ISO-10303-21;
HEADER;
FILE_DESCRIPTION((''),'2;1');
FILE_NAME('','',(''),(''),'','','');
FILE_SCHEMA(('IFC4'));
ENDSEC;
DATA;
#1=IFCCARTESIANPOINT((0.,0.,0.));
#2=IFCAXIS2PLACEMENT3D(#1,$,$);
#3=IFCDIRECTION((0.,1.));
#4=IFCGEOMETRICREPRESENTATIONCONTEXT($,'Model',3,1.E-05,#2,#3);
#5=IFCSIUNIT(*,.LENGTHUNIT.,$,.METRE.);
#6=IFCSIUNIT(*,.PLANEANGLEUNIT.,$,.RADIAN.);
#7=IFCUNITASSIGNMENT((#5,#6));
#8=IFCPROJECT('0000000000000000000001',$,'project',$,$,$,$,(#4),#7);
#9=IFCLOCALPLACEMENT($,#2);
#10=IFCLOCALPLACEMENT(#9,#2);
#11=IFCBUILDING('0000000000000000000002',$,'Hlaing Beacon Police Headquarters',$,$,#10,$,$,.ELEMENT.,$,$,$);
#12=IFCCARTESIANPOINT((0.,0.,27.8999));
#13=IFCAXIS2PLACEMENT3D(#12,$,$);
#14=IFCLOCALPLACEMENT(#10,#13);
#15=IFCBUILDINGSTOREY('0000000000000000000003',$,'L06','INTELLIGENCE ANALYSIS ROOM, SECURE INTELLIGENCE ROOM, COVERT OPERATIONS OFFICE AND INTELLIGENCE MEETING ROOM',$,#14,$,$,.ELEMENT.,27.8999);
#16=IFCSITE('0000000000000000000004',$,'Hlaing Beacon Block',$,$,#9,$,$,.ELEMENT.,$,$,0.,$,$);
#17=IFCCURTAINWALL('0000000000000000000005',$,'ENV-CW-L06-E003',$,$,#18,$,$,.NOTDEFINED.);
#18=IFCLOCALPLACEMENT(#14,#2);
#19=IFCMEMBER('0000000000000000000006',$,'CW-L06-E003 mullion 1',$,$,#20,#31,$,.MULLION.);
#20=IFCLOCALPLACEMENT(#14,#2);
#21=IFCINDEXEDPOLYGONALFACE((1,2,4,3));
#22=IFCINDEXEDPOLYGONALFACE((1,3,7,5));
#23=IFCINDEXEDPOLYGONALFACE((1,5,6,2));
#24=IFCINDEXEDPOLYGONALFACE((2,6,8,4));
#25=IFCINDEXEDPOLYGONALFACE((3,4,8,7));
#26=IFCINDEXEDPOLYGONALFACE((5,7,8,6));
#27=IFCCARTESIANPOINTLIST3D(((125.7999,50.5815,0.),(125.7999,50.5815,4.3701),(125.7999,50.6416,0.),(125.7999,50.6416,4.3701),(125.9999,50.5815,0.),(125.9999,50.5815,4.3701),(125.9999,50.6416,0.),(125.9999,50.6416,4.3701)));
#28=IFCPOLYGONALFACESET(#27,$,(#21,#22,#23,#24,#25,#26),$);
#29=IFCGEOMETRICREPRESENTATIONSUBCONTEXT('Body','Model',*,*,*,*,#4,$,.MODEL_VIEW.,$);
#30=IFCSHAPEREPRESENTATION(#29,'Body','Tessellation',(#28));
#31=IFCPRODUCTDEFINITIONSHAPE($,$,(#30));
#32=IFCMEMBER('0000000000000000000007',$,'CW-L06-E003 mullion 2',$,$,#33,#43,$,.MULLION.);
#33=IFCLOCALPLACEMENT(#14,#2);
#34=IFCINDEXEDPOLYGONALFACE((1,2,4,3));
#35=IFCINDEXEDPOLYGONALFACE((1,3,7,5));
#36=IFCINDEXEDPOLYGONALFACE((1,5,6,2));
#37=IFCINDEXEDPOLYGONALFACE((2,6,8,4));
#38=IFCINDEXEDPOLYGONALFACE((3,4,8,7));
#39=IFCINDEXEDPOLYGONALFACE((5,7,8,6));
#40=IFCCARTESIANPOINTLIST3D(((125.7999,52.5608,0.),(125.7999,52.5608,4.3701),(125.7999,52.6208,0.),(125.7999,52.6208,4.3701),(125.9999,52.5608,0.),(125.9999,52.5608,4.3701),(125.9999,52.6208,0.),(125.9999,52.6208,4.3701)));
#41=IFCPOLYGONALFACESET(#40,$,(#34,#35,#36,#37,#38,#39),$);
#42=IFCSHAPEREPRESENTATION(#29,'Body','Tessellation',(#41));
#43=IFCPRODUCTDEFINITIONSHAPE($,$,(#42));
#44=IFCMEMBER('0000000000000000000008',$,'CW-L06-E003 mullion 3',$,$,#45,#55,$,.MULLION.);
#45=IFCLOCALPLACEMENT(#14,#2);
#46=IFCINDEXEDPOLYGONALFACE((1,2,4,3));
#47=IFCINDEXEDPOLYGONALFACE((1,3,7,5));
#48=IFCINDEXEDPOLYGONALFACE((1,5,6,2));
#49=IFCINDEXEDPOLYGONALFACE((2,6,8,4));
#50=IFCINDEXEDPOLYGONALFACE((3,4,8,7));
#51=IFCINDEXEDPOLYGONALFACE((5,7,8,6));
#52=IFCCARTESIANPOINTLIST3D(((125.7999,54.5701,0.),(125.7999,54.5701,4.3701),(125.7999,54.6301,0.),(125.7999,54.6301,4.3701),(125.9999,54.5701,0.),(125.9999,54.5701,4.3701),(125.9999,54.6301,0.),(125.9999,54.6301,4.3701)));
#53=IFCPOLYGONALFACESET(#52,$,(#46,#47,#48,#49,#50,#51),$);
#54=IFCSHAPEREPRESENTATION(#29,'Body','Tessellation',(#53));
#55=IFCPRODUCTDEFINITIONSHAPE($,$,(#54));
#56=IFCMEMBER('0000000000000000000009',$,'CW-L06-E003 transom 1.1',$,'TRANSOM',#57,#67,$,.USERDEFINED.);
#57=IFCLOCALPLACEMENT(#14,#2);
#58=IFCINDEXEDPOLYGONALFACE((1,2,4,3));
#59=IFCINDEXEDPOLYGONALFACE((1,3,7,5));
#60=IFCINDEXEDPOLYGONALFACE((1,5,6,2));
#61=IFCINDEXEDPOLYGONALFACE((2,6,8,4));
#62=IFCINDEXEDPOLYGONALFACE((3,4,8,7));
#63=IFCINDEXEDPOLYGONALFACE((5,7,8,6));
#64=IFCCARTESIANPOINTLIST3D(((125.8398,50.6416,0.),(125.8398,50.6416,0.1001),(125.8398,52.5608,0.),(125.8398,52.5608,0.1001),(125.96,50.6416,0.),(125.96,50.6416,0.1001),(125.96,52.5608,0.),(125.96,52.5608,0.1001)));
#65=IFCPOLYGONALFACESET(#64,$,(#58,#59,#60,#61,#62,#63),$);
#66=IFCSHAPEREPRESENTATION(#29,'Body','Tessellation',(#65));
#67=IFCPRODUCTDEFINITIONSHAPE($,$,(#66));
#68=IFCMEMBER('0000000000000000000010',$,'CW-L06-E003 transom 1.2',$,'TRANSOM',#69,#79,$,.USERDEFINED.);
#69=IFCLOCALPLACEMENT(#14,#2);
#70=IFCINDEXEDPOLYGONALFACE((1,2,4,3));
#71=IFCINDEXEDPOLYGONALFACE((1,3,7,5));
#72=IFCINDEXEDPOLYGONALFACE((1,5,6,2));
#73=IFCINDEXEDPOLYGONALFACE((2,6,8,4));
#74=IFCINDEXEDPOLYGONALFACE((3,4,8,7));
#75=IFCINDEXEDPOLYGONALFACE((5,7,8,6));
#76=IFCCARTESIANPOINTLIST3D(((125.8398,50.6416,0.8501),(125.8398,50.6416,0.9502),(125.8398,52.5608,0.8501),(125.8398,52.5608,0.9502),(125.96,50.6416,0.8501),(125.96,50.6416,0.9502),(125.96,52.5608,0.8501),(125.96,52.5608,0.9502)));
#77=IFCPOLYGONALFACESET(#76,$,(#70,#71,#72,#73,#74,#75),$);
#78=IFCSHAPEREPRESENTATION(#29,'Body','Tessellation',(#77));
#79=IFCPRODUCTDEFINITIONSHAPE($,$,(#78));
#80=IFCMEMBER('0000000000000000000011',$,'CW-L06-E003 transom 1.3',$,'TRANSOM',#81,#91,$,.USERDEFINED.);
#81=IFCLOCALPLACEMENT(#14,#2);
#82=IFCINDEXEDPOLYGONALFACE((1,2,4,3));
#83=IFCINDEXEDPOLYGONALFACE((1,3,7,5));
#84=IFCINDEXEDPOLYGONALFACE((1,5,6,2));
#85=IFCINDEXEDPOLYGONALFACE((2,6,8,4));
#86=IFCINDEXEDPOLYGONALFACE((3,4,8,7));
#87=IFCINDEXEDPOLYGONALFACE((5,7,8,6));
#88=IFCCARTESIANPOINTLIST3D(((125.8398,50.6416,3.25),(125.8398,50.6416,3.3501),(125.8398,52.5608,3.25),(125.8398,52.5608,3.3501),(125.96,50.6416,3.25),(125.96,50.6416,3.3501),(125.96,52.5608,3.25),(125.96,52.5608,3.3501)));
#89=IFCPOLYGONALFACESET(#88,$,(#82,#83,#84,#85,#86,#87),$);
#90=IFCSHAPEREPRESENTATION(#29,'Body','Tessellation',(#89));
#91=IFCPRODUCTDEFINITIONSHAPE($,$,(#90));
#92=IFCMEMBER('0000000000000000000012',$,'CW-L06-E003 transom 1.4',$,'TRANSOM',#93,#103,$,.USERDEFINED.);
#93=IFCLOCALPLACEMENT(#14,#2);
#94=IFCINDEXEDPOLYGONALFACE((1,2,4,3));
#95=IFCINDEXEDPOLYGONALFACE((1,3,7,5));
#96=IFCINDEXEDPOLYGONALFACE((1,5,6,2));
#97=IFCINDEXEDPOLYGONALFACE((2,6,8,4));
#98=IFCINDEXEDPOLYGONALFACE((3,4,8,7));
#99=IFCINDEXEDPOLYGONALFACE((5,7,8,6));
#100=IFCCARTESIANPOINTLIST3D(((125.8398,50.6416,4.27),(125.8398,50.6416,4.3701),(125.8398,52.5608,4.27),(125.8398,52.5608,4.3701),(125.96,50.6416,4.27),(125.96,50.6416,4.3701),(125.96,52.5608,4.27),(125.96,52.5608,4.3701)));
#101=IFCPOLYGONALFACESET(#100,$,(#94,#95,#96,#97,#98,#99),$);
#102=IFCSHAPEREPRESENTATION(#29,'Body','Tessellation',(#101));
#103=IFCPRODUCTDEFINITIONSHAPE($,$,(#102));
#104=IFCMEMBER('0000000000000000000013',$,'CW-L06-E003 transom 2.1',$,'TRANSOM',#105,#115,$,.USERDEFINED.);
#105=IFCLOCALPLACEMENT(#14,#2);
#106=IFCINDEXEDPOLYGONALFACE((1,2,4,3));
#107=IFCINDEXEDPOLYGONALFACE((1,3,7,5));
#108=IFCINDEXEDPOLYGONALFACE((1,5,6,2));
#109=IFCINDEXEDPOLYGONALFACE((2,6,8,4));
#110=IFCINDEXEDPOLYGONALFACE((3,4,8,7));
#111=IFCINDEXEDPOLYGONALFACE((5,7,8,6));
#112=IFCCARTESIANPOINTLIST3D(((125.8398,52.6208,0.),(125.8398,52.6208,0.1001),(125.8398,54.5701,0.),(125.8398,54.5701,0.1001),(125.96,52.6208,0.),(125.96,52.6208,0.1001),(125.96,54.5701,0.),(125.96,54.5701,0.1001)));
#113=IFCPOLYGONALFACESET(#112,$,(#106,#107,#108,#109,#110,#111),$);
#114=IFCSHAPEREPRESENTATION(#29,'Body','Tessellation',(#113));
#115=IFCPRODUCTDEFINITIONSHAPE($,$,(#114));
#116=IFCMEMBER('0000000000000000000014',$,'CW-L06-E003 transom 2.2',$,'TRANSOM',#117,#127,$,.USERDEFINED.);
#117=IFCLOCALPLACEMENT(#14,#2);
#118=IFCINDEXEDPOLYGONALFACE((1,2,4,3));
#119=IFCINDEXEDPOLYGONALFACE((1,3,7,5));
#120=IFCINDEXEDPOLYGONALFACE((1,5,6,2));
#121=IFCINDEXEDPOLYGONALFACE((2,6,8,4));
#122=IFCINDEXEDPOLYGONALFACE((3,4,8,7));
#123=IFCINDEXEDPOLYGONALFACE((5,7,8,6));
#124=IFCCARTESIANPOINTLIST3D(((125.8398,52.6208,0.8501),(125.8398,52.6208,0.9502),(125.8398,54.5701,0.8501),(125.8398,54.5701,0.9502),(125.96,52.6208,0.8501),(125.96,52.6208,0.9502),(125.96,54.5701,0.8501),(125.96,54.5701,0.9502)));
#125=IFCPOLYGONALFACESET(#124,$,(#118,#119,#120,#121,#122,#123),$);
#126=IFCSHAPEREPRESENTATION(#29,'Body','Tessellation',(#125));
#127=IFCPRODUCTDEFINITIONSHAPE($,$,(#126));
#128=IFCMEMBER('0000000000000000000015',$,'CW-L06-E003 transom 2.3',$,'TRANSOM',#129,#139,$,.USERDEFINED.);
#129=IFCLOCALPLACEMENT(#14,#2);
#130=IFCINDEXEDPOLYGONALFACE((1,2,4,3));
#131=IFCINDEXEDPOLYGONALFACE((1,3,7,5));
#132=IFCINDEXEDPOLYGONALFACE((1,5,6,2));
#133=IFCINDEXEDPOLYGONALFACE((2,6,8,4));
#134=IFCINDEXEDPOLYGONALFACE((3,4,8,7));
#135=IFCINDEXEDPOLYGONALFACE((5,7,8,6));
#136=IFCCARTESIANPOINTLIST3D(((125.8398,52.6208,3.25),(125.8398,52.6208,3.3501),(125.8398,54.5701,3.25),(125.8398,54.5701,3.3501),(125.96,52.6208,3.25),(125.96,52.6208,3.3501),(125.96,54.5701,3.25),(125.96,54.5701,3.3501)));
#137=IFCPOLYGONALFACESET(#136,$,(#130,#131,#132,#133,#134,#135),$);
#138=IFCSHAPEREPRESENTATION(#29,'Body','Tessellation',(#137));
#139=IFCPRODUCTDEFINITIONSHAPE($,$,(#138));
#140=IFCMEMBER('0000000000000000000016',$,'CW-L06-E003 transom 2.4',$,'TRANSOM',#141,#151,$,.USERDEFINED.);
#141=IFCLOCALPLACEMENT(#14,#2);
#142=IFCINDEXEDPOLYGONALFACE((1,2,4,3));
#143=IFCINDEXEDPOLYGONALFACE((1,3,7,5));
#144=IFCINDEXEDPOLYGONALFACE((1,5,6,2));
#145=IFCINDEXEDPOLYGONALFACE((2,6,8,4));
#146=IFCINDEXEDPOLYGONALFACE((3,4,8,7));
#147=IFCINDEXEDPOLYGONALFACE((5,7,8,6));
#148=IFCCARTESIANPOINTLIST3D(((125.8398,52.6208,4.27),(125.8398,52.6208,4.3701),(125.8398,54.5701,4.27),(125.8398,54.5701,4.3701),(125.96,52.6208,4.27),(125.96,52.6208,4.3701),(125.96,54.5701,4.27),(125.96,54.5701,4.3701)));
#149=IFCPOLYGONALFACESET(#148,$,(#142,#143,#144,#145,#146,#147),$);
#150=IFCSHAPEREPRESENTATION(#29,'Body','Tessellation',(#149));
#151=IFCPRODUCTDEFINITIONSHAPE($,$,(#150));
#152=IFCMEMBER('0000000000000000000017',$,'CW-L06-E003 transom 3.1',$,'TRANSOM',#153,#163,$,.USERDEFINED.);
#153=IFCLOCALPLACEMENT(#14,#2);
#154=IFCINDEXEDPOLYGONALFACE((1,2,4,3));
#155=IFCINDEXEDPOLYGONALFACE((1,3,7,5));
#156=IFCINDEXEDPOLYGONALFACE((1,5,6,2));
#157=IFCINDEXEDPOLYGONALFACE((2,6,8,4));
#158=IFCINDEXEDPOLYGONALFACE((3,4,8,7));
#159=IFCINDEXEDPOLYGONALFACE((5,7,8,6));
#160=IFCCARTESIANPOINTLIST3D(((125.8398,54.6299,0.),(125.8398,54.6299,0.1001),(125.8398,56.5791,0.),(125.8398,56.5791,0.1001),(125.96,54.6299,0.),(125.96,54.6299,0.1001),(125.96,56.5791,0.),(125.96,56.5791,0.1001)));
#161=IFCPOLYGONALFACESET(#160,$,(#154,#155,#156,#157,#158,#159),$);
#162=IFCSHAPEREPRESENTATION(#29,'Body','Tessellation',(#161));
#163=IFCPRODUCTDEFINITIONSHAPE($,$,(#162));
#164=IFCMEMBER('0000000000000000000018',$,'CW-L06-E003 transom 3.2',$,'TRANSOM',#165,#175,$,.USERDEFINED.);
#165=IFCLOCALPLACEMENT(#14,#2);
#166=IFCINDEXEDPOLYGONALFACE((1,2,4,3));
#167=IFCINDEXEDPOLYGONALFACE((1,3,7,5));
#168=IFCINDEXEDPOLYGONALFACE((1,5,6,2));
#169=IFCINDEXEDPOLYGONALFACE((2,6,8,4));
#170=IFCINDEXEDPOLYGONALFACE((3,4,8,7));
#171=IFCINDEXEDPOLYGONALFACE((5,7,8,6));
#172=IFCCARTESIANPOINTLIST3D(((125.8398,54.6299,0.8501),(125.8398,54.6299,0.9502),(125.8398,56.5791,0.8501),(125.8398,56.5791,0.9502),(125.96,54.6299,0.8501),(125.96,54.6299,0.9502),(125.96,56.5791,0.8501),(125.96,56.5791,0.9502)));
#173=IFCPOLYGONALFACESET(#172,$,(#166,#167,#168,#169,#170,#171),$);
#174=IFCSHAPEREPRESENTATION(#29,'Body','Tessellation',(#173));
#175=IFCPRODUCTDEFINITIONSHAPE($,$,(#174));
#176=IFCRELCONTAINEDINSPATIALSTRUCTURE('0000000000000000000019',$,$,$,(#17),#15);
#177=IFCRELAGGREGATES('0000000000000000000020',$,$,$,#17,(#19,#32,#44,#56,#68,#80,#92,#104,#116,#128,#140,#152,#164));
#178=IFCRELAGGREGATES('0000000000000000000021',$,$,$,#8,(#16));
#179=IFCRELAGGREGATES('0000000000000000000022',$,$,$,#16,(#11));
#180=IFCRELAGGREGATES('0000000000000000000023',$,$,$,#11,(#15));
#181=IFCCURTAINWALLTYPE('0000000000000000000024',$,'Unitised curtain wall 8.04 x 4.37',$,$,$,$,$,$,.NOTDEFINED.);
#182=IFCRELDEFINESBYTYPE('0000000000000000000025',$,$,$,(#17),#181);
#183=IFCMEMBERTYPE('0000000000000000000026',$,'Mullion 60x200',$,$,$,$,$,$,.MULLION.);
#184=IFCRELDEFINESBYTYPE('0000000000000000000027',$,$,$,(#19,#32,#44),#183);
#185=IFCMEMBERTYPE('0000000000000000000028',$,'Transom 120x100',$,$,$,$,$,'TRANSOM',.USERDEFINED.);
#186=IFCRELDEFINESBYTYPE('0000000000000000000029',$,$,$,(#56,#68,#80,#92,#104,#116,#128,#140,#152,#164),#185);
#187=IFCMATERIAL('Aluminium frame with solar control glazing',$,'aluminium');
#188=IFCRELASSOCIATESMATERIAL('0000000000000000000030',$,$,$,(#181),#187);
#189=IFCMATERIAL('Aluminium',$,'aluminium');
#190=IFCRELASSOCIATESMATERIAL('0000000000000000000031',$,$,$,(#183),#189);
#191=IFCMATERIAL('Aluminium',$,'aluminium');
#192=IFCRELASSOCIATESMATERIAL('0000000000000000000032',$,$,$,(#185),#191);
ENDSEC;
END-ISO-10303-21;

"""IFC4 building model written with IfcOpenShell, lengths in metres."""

from ifc_helpers import new_model, si_unit, direction, frame, origin, origin_2d, place, context, subcontext, project, spatial, rectangle, extrude, material, material_profile, profile_set, type_object, element, aggregate, save


model = new_model("IFC4")

# Units and contexts
model_context = context("Model", 3, precision=1e-05, world=origin(), true_north=direction((0.0, 1.0)))
body_context = subcontext(model_context, "Body", "Model", "MODEL_VIEW")
ifc_project = project(units=[si_unit("LENGTHUNIT", "METRE"), si_unit("PLANEANGLEUNIT", "RADIAN")], contexts=[model_context])

# Site, building, storey
site_placement = place(None, origin())
site = spatial("IfcSite", under=ifc_project, at=site_placement, Name="Hlaing Beacon Block", CompositionType="ELEMENT", RefElevation=0.0)
building_placement = place(site_placement, origin())
building = spatial("IfcBuilding", under=site, at=building_placement, Name="Hlaing Beacon Police Headquarters", CompositionType="ELEMENT")
storey_placement = place(building_placement, frame((0.0, 0.0, 27.8999)))
storey = spatial("IfcBuildingStorey", under=building, at=storey_placement, Name="L06", Description="INTELLIGENCE ANALYSIS ROOM, SECURE INTELLIGENCE ROOM, COVERT OPERATIONS OFFICE AND INTELLIGENCE MEETING ROOM", CompositionType="ELEMENT", Elevation=27.8999)

# Curtain wall, members
ifc_material_1 = material(Name="Aluminium frame with solar control glazing", Category="aluminium")
curtain_wall_type = type_object("IfcCurtainWallType", Name="Unitised curtain wall 8.04 x 4.37", PredefinedType="NOTDEFINED", material=ifc_material_1)
curtain_wall_placement = place(storey_placement, origin())
curtain_wall = element("IfcCurtainWall", 1, at=curtain_wall_placement, inside=storey, type_object=curtain_wall_type, Name="ENV-CW-L06-E003", PredefinedType="NOTDEFINED")
ifc_material_2 = material(Name="Aluminium", Category="aluminium")
ifc_material_profile_1 = material_profile(ifc_material_2, rectangle(XDim=0.2, YDim=0.0601, at=origin_2d()), Name="Mullion 60x200")
ifc_profile_set_1 = profile_set([ifc_material_profile_1], Name="Aluminium")
member_type_1 = type_object("IfcMemberType", Name="Mullion 60x200", PredefinedType="MULLION", material=ifc_profile_set_1)
member_1_placement = place(storey_placement, frame((125.8999, 50.6116, 0.0), z_axis=(0.0, 0.0, 1.0), x_axis=(-1.0, 0.0, 0.0)))
member_1 = element("IfcMember", 2, at=member_1_placement, type_object=member_type_1, Name="CW-L06-E003 mullion 1", PredefinedType="MULLION", context=body_context, shape_type="SweptSolid", body=[
    extrude(rectangle(XDim=0.2, YDim=0.0601, at=origin_2d()), origin(), (0.0, 0.0, 1.0), 4.3701),
])
member_2_placement = place(storey_placement, frame((125.8999, 52.5908, 0.0), z_axis=(0.0, 0.0, 1.0), x_axis=(-1.0, 0.0, 0.0)))
member_2 = element("IfcMember", 3, at=member_2_placement, type_object=member_type_1, Name="CW-L06-E003 mullion 2", PredefinedType="MULLION", context=body_context, shape_type="SweptSolid", body=[
    extrude(rectangle(XDim=0.2, YDim=0.0601, at=origin_2d()), origin(), (0.0, 0.0, 1.0), 4.3701),
])
member_3_placement = place(storey_placement, frame((125.8999, 54.6001, 0.0), z_axis=(0.0, 0.0, 1.0), x_axis=(-1.0, 0.0, 0.0)))
member_3 = element("IfcMember", 4, at=member_3_placement, type_object=member_type_1, Name="CW-L06-E003 mullion 3", PredefinedType="MULLION", context=body_context, shape_type="SweptSolid", body=[
    extrude(rectangle(XDim=0.2, YDim=0.0601, at=origin_2d()), origin(), (0.0, 0.0, 1.0), 4.3701),
])
ifc_material_3 = material(Name="Aluminium", Category="aluminium")
ifc_material_profile_2 = material_profile(ifc_material_3, rectangle(XDim=0.1201, YDim=0.1001, at=origin_2d()), Name="Transom 120x100")
ifc_profile_set_2 = profile_set([ifc_material_profile_2], Name="Aluminium")
member_type_2 = type_object("IfcMemberType", Name="Transom 120x100", ElementType="TRANSOM", PredefinedType="USERDEFINED", material=ifc_profile_set_2)
member_4_placement = place(storey_placement, frame((125.8999, 50.6416, 0.05), z_axis=(0.0, 1.0, 0.0), x_axis=(-1.0, 0.0, 0.0)))
member_4 = element("IfcMember", 5, at=member_4_placement, type_object=member_type_2, Name="CW-L06-E003 transom 1.1", ObjectType="TRANSOM", PredefinedType="USERDEFINED", context=body_context, shape_type="SweptSolid", body=[
    extrude(rectangle(XDim=0.1201, YDim=0.1001, at=origin_2d()), origin(), (0.0, 0.0, 1.0), 1.9192),
])
member_5_placement = place(storey_placement, frame((125.8999, 50.6416, 0.9001), z_axis=(0.0, 1.0, 0.0), x_axis=(-1.0, 0.0, 0.0)))
member_5 = element("IfcMember", 6, at=member_5_placement, type_object=member_type_2, Name="CW-L06-E003 transom 1.2", ObjectType="TRANSOM", PredefinedType="USERDEFINED", context=body_context, shape_type="SweptSolid", body=[
    extrude(rectangle(XDim=0.1201, YDim=0.1001, at=origin_2d()), origin(), (0.0, 0.0, 1.0), 1.9192),
])
member_6_placement = place(storey_placement, frame((125.8999, 50.6416, 3.3), z_axis=(0.0, 1.0, 0.0), x_axis=(-1.0, 0.0, 0.0)))
member_6 = element("IfcMember", 7, at=member_6_placement, type_object=member_type_2, Name="CW-L06-E003 transom 1.3", ObjectType="TRANSOM", PredefinedType="USERDEFINED", context=body_context, shape_type="SweptSolid", body=[
    extrude(rectangle(XDim=0.1201, YDim=0.1001, at=origin_2d()), origin(), (0.0, 0.0, 1.0), 1.9192),
])
member_7_placement = place(storey_placement, frame((125.8999, 50.6416, 4.3201), z_axis=(0.0, 1.0, 0.0), x_axis=(-1.0, 0.0, 0.0)))
member_7 = element("IfcMember", 8, at=member_7_placement, type_object=member_type_2, Name="CW-L06-E003 transom 1.4", ObjectType="TRANSOM", PredefinedType="USERDEFINED", context=body_context, shape_type="SweptSolid", body=[
    extrude(rectangle(XDim=0.1201, YDim=0.1001, at=origin_2d()), origin(), (0.0, 0.0, 1.0), 1.9192),
])
member_8_placement = place(storey_placement, frame((125.8999, 52.6208, 0.05), z_axis=(0.0, 1.0, 0.0), x_axis=(-1.0, 0.0, 0.0)))
member_8 = element("IfcMember", 9, at=member_8_placement, type_object=member_type_2, Name="CW-L06-E003 transom 2.1", ObjectType="TRANSOM", PredefinedType="USERDEFINED", context=body_context, shape_type="SweptSolid", body=[
    extrude(rectangle(XDim=0.1201, YDim=0.1001, at=origin_2d()), origin(), (0.0, 0.0, 1.0), 1.9492),
])
member_9_placement = place(storey_placement, frame((125.8999, 52.6208, 0.9001), z_axis=(0.0, 1.0, 0.0), x_axis=(-1.0, 0.0, 0.0)))
member_9 = element("IfcMember", 10, at=member_9_placement, type_object=member_type_2, Name="CW-L06-E003 transom 2.2", ObjectType="TRANSOM", PredefinedType="USERDEFINED", context=body_context, shape_type="SweptSolid", body=[
    extrude(rectangle(XDim=0.1201, YDim=0.1001, at=origin_2d()), origin(), (0.0, 0.0, 1.0), 1.9492),
])
member_10_placement = place(storey_placement, frame((125.8999, 52.6208, 3.3), z_axis=(0.0, 1.0, 0.0), x_axis=(-1.0, 0.0, 0.0)))
member_10 = element("IfcMember", 11, at=member_10_placement, type_object=member_type_2, Name="CW-L06-E003 transom 2.3", ObjectType="TRANSOM", PredefinedType="USERDEFINED", context=body_context, shape_type="SweptSolid", body=[
    extrude(rectangle(XDim=0.1201, YDim=0.1001, at=origin_2d()), origin(), (0.0, 0.0, 1.0), 1.9492),
])
member_11_placement = place(storey_placement, frame((125.8999, 52.6208, 4.3201), z_axis=(0.0, 1.0, 0.0), x_axis=(-1.0, 0.0, 0.0)))
member_11 = element("IfcMember", 12, at=member_11_placement, type_object=member_type_2, Name="CW-L06-E003 transom 2.4", ObjectType="TRANSOM", PredefinedType="USERDEFINED", context=body_context, shape_type="SweptSolid", body=[
    extrude(rectangle(XDim=0.1201, YDim=0.1001, at=origin_2d()), origin(), (0.0, 0.0, 1.0), 1.9492),
])
member_12_placement = place(storey_placement, frame((125.8999, 54.6299, 0.05), z_axis=(0.0, 1.0, 0.0), x_axis=(-1.0, 0.0, 0.0)))
member_12 = element("IfcMember", 13, at=member_12_placement, type_object=member_type_2, Name="CW-L06-E003 transom 3.1", ObjectType="TRANSOM", PredefinedType="USERDEFINED", context=body_context, shape_type="SweptSolid", body=[
    extrude(rectangle(XDim=0.1201, YDim=0.1001, at=origin_2d()), origin(), (0.0, 0.0, 1.0), 1.9492),
])
member_13_placement = place(storey_placement, frame((125.8999, 54.6299, 0.9001), z_axis=(0.0, 1.0, 0.0), x_axis=(-1.0, 0.0, 0.0)))
member_13 = element("IfcMember", 14, at=member_13_placement, type_object=member_type_2, Name="CW-L06-E003 transom 3.2", ObjectType="TRANSOM", PredefinedType="USERDEFINED", context=body_context, shape_type="SweptSolid", body=[
    extrude(rectangle(XDim=0.1201, YDim=0.1001, at=origin_2d()), origin(), (0.0, 0.0, 1.0), 1.9492),
])
aggregate(curtain_wall, [member_1, member_2, member_3, member_4, member_5, member_6, member_7, member_8, member_9, member_10, member_11, member_12, member_13])

save(model, "model.ifc")
